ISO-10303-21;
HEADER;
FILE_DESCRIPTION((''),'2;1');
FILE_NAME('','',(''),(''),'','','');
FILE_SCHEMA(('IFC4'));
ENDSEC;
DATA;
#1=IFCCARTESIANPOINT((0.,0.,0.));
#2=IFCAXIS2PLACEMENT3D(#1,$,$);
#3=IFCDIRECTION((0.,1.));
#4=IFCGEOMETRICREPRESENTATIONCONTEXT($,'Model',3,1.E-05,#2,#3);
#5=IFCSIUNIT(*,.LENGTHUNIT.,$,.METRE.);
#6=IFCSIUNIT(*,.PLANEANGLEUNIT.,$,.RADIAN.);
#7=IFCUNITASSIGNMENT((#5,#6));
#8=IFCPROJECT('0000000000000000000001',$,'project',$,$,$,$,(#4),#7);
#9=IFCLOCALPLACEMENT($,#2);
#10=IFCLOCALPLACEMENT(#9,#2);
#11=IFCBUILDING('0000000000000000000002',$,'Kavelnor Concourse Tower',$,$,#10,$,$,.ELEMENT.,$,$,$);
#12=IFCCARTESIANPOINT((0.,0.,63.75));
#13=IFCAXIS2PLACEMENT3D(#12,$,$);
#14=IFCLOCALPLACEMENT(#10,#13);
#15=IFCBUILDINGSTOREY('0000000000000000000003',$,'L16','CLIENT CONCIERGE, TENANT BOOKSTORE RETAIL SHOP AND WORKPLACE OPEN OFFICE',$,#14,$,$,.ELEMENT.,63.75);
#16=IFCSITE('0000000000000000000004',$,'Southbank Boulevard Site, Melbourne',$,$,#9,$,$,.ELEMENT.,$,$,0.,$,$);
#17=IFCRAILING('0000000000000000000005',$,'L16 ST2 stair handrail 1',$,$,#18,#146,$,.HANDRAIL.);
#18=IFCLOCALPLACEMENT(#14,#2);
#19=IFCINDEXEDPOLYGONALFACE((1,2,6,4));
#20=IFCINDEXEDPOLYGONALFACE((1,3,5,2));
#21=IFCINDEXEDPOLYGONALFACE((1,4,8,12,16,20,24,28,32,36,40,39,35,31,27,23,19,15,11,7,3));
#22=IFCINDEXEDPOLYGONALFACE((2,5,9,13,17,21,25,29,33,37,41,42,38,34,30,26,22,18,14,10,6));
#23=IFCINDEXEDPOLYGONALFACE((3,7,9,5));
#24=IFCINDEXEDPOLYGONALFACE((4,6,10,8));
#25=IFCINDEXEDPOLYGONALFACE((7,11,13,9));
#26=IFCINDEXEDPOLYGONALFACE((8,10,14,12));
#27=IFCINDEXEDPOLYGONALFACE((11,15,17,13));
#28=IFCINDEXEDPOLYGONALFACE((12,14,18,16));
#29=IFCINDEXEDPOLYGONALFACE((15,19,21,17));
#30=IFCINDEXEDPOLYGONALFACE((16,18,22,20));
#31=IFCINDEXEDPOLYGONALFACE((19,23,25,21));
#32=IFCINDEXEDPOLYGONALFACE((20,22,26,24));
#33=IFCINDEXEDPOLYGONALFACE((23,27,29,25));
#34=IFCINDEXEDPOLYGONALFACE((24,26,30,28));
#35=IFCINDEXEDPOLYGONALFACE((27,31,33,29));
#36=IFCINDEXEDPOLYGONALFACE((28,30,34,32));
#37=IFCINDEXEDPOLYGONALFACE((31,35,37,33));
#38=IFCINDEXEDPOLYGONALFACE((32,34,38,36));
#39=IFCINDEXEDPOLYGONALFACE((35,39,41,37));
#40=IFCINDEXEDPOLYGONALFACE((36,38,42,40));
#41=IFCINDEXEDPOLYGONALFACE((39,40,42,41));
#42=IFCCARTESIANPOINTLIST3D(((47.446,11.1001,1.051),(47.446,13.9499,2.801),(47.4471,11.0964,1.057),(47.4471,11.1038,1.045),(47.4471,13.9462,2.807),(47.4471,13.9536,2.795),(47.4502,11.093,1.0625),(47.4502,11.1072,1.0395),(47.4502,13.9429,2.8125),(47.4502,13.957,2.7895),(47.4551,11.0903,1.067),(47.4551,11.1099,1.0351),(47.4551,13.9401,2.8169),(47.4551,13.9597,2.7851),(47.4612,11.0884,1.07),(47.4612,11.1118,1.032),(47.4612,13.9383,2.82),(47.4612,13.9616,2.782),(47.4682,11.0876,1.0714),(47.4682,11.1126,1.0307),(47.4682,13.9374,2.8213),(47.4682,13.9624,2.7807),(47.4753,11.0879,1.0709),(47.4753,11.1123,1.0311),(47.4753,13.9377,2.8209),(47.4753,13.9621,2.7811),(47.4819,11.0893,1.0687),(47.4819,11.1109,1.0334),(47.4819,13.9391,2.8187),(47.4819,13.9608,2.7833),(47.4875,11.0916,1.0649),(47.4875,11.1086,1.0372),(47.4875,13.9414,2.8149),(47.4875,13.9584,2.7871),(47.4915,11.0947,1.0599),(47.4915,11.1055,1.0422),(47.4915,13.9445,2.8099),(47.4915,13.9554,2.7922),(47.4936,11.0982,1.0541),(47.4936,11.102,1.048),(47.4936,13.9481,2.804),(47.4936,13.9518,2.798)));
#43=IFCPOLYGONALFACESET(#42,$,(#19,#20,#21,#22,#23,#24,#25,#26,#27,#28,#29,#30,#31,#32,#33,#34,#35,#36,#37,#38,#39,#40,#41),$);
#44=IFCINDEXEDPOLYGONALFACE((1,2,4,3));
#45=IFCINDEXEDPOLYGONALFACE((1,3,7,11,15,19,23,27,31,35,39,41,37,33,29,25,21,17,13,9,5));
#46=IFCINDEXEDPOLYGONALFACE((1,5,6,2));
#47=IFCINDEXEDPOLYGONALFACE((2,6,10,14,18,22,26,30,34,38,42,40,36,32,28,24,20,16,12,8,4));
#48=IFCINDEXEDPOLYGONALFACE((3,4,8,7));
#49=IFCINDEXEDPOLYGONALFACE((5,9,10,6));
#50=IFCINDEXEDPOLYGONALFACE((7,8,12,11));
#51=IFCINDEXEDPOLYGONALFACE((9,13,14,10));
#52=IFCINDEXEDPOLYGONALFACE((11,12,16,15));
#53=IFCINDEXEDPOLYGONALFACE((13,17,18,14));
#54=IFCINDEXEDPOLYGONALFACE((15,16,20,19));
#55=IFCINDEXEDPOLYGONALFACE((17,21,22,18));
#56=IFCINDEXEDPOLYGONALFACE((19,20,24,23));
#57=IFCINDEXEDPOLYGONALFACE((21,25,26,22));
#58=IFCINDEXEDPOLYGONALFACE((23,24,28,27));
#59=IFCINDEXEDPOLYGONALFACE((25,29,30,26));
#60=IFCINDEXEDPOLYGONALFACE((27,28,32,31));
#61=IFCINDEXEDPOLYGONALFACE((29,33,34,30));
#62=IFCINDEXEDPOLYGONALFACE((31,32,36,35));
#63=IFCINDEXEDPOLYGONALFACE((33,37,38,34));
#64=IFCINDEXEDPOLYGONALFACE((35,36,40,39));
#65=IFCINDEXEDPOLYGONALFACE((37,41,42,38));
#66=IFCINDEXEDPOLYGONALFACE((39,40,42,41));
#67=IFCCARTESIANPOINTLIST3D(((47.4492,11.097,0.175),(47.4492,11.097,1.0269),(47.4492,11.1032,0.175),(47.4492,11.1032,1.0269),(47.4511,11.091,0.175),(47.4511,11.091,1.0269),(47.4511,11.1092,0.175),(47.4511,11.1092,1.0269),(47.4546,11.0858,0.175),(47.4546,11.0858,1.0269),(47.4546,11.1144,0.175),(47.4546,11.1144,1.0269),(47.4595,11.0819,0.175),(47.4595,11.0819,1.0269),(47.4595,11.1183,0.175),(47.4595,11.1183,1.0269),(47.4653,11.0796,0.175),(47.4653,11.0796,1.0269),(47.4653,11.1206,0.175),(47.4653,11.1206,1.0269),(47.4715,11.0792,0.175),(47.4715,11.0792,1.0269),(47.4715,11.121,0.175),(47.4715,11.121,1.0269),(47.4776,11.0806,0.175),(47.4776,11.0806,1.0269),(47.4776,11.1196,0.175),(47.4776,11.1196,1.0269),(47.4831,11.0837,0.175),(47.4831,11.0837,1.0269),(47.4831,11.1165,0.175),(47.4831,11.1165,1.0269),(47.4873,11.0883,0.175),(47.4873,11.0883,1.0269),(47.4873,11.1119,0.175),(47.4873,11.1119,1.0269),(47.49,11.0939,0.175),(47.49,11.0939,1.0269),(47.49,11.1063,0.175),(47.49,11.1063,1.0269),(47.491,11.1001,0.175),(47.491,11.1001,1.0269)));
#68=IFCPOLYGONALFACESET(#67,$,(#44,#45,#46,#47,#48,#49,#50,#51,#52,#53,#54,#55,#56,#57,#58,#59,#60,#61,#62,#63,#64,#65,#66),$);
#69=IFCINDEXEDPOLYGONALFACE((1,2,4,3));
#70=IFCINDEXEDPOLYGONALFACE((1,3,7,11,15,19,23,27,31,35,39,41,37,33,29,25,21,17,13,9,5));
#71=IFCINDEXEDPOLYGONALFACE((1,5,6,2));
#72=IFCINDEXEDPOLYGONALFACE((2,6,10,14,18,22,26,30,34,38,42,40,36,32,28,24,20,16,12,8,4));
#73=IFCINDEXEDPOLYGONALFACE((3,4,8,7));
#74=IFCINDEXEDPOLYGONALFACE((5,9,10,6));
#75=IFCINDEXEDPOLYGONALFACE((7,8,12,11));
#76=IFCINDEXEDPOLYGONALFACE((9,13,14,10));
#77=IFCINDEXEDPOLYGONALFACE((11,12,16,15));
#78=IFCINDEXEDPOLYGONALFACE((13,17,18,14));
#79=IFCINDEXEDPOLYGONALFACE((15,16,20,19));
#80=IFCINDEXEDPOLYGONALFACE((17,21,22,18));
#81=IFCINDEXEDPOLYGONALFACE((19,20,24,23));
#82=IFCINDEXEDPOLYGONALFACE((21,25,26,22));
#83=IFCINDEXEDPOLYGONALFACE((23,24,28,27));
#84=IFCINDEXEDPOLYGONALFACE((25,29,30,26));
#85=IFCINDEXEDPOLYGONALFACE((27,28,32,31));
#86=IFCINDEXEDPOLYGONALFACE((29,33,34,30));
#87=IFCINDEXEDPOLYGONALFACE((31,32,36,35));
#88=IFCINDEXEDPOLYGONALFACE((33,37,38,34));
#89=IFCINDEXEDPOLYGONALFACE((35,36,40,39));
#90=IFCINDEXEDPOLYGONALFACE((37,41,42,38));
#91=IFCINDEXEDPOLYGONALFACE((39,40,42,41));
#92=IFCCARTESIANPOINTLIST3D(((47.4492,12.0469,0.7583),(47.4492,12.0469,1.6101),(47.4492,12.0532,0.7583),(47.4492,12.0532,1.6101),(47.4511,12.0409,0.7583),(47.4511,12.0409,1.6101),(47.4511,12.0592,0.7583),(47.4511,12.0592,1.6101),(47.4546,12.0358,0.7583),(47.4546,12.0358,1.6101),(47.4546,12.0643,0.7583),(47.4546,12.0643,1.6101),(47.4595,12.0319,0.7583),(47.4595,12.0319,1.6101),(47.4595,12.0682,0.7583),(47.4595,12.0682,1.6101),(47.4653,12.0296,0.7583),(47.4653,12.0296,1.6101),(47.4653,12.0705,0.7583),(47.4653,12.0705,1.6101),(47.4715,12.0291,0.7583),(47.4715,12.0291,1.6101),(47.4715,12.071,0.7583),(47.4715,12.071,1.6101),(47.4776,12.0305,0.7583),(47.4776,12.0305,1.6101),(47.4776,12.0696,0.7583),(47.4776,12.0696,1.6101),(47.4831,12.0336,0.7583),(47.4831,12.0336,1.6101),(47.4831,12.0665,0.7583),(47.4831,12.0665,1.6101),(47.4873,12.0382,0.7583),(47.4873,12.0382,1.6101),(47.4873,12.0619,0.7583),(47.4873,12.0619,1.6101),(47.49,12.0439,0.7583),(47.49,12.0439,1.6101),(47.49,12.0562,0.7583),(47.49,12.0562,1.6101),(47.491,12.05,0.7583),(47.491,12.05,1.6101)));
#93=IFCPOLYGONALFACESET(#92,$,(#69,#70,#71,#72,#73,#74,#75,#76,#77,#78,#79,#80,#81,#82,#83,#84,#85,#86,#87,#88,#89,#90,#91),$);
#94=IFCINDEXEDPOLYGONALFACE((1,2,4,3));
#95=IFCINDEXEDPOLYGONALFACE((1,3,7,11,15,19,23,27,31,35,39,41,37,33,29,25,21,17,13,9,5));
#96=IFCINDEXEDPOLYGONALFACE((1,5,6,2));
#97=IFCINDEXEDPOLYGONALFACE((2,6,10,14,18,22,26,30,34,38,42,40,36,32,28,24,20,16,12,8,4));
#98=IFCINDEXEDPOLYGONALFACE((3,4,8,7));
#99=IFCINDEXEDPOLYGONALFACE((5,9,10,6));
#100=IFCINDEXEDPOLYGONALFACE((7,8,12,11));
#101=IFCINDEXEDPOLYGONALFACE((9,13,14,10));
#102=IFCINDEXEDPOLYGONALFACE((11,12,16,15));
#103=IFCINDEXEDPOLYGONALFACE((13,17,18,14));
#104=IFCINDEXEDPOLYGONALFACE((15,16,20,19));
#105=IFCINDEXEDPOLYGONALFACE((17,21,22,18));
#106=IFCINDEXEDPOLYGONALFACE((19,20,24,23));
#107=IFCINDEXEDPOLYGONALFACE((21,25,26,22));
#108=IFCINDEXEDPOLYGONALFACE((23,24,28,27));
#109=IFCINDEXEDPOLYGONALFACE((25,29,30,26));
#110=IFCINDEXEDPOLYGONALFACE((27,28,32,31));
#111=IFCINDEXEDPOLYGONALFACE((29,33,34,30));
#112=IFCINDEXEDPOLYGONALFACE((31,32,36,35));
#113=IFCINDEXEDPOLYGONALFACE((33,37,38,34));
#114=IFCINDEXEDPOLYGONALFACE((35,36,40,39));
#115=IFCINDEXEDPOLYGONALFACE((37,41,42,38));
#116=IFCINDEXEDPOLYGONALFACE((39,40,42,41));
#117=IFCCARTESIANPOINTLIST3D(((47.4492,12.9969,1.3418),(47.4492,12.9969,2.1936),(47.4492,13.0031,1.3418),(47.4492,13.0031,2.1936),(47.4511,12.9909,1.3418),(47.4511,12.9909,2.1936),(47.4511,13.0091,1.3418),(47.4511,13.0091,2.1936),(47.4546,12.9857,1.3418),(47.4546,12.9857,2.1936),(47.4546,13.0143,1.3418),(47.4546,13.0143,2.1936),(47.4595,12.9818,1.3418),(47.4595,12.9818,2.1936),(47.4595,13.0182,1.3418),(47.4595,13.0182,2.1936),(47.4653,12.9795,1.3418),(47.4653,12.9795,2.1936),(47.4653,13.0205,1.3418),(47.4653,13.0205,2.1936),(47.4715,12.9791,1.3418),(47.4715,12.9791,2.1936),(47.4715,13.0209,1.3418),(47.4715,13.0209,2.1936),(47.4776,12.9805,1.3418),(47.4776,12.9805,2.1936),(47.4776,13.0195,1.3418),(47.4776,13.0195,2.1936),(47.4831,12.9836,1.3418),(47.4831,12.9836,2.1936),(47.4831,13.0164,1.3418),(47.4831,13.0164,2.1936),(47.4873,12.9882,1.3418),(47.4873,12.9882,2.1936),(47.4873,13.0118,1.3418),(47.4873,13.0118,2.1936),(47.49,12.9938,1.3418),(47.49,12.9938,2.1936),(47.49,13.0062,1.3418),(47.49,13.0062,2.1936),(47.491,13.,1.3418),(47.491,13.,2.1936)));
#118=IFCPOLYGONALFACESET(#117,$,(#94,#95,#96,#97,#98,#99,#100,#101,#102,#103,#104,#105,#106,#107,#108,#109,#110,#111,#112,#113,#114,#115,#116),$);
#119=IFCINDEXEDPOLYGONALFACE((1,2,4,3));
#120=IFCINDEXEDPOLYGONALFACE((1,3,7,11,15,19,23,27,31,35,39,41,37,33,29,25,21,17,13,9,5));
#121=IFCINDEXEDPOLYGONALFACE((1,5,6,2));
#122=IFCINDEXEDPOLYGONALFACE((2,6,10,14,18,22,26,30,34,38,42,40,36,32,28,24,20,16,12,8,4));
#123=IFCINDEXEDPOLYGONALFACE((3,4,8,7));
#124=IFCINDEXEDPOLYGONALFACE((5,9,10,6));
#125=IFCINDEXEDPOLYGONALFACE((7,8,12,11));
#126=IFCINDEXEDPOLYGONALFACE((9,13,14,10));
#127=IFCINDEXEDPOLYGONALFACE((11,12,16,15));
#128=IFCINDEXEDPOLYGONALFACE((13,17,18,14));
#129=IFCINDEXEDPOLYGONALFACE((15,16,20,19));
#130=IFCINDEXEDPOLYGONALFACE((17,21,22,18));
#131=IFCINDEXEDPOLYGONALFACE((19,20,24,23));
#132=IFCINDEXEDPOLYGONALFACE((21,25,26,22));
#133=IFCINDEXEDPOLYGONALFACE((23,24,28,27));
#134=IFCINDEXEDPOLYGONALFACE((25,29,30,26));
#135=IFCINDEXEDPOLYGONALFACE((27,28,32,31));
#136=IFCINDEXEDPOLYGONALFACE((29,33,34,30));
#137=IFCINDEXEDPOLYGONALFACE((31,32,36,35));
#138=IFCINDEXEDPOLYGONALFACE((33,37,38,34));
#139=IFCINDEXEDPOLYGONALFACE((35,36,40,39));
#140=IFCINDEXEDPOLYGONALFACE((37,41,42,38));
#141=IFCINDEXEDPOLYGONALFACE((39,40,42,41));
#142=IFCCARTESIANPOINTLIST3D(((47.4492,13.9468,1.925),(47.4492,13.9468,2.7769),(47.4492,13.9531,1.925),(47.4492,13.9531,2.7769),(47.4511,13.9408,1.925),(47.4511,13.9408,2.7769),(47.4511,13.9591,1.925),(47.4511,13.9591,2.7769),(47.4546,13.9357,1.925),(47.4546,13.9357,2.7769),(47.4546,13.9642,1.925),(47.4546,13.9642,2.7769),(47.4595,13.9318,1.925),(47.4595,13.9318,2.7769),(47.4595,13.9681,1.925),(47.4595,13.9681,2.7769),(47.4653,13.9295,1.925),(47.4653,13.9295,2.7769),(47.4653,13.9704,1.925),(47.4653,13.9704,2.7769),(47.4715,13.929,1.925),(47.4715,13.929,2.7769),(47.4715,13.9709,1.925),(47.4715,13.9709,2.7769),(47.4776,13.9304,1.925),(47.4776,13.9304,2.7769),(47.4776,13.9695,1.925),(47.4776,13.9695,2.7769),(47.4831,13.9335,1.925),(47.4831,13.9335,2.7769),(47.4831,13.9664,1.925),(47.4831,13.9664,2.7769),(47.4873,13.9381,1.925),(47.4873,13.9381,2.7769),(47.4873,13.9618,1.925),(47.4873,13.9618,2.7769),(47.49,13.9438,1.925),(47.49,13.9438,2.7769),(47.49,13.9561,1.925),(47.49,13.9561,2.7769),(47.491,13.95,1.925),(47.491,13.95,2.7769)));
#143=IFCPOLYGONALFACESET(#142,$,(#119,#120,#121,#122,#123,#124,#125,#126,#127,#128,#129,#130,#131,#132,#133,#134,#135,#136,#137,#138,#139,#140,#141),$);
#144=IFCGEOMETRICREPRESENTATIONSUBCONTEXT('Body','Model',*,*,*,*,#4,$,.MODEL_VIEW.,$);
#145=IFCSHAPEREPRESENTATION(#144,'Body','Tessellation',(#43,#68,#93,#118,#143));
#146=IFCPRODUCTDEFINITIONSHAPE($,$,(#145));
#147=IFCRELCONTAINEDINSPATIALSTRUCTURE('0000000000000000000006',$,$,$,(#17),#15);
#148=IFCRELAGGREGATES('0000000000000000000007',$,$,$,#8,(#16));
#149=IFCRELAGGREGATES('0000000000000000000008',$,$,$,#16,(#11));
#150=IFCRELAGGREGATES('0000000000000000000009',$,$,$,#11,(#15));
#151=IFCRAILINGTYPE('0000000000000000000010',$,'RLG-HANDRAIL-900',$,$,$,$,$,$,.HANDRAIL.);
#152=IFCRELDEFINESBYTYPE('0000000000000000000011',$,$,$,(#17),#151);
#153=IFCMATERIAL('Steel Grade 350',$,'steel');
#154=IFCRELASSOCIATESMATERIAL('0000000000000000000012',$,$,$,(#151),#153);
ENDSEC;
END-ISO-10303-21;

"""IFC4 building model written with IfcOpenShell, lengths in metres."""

from ifc_helpers import new_model, si_unit, direction, frame, origin, origin_2d, place, context, subcontext, project, spatial, circle, extrude, material, type_object, element, save


model = new_model("IFC4")

# Units and contexts
model_context = context("Model", 3, precision=1e-05, world=origin(), true_north=direction((0.0, 1.0)))
body_context = subcontext(model_context, "Body", "Model", "MODEL_VIEW")
ifc_project = project(units=[si_unit("LENGTHUNIT", "METRE"), si_unit("PLANEANGLEUNIT", "RADIAN")], contexts=[model_context])

# Site, building, storey
site_placement = place(None, origin())
site = spatial("IfcSite", under=ifc_project, at=site_placement, Name="Southbank Boulevard Site, Melbourne", CompositionType="ELEMENT", RefElevation=0.0)
building_placement = place(site_placement, origin())
building = spatial("IfcBuilding", under=site, at=building_placement, Name="Kavelnor Concourse Tower", CompositionType="ELEMENT")
storey_placement = place(building_placement, frame((0.0, 0.0, 63.75)))
storey = spatial("IfcBuildingStorey", under=building, at=storey_placement, Name="L16", Description="CLIENT CONCIERGE, TENANT BOOKSTORE RETAIL SHOP AND WORKPLACE OPEN OFFICE", CompositionType="ELEMENT", Elevation=63.75)

# Shared definitions
ifc_material_1 = material(Name="Steel Grade 350", Category="steel")

# Railing
railing_type_1 = type_object("IfcRailingType", Name="RLG-HANDRAIL-900", PredefinedType="HANDRAIL", material=ifc_material_1)
railing_1_placement = place(storey_placement, frame((47.47, 11.1001, 0.175)))
element("IfcRailing", 1, at=railing_1_placement, inside=storey, type_object=railing_type_1, Name="L16 ST2 stair handrail 1", PredefinedType="HANDRAIL", context=body_context, shape_type="SweptSolid", body=[
    extrude(circle(Radius=0.0239, at=origin_2d()), frame((0.0, 0.0, 0.876), z_axis=(0.0, 0.852159, 0.523283), x_axis=(-1.0, 0.0, 0.0)), (0.0, 0.0, 1.0), 3.3442),
    extrude(circle(Radius=0.021, at=origin_2d()), origin(), (0.0, 0.0, 1.0), 0.8518),
    extrude(circle(Radius=0.021, at=origin_2d()), frame((0.0, 0.95, 0.5833)), (0.0, 0.0, 1.0), 0.8518),
    extrude(circle(Radius=0.021, at=origin_2d()), frame((0.0, 1.8999, 1.1667)), (0.0, 0.0, 1.0), 0.8518),
    extrude(circle(Radius=0.021, at=origin_2d()), frame((0.0, 2.8499, 1.75)), (0.0, 0.0, 1.0), 0.8518),
])

save(model, "model.ifc")
